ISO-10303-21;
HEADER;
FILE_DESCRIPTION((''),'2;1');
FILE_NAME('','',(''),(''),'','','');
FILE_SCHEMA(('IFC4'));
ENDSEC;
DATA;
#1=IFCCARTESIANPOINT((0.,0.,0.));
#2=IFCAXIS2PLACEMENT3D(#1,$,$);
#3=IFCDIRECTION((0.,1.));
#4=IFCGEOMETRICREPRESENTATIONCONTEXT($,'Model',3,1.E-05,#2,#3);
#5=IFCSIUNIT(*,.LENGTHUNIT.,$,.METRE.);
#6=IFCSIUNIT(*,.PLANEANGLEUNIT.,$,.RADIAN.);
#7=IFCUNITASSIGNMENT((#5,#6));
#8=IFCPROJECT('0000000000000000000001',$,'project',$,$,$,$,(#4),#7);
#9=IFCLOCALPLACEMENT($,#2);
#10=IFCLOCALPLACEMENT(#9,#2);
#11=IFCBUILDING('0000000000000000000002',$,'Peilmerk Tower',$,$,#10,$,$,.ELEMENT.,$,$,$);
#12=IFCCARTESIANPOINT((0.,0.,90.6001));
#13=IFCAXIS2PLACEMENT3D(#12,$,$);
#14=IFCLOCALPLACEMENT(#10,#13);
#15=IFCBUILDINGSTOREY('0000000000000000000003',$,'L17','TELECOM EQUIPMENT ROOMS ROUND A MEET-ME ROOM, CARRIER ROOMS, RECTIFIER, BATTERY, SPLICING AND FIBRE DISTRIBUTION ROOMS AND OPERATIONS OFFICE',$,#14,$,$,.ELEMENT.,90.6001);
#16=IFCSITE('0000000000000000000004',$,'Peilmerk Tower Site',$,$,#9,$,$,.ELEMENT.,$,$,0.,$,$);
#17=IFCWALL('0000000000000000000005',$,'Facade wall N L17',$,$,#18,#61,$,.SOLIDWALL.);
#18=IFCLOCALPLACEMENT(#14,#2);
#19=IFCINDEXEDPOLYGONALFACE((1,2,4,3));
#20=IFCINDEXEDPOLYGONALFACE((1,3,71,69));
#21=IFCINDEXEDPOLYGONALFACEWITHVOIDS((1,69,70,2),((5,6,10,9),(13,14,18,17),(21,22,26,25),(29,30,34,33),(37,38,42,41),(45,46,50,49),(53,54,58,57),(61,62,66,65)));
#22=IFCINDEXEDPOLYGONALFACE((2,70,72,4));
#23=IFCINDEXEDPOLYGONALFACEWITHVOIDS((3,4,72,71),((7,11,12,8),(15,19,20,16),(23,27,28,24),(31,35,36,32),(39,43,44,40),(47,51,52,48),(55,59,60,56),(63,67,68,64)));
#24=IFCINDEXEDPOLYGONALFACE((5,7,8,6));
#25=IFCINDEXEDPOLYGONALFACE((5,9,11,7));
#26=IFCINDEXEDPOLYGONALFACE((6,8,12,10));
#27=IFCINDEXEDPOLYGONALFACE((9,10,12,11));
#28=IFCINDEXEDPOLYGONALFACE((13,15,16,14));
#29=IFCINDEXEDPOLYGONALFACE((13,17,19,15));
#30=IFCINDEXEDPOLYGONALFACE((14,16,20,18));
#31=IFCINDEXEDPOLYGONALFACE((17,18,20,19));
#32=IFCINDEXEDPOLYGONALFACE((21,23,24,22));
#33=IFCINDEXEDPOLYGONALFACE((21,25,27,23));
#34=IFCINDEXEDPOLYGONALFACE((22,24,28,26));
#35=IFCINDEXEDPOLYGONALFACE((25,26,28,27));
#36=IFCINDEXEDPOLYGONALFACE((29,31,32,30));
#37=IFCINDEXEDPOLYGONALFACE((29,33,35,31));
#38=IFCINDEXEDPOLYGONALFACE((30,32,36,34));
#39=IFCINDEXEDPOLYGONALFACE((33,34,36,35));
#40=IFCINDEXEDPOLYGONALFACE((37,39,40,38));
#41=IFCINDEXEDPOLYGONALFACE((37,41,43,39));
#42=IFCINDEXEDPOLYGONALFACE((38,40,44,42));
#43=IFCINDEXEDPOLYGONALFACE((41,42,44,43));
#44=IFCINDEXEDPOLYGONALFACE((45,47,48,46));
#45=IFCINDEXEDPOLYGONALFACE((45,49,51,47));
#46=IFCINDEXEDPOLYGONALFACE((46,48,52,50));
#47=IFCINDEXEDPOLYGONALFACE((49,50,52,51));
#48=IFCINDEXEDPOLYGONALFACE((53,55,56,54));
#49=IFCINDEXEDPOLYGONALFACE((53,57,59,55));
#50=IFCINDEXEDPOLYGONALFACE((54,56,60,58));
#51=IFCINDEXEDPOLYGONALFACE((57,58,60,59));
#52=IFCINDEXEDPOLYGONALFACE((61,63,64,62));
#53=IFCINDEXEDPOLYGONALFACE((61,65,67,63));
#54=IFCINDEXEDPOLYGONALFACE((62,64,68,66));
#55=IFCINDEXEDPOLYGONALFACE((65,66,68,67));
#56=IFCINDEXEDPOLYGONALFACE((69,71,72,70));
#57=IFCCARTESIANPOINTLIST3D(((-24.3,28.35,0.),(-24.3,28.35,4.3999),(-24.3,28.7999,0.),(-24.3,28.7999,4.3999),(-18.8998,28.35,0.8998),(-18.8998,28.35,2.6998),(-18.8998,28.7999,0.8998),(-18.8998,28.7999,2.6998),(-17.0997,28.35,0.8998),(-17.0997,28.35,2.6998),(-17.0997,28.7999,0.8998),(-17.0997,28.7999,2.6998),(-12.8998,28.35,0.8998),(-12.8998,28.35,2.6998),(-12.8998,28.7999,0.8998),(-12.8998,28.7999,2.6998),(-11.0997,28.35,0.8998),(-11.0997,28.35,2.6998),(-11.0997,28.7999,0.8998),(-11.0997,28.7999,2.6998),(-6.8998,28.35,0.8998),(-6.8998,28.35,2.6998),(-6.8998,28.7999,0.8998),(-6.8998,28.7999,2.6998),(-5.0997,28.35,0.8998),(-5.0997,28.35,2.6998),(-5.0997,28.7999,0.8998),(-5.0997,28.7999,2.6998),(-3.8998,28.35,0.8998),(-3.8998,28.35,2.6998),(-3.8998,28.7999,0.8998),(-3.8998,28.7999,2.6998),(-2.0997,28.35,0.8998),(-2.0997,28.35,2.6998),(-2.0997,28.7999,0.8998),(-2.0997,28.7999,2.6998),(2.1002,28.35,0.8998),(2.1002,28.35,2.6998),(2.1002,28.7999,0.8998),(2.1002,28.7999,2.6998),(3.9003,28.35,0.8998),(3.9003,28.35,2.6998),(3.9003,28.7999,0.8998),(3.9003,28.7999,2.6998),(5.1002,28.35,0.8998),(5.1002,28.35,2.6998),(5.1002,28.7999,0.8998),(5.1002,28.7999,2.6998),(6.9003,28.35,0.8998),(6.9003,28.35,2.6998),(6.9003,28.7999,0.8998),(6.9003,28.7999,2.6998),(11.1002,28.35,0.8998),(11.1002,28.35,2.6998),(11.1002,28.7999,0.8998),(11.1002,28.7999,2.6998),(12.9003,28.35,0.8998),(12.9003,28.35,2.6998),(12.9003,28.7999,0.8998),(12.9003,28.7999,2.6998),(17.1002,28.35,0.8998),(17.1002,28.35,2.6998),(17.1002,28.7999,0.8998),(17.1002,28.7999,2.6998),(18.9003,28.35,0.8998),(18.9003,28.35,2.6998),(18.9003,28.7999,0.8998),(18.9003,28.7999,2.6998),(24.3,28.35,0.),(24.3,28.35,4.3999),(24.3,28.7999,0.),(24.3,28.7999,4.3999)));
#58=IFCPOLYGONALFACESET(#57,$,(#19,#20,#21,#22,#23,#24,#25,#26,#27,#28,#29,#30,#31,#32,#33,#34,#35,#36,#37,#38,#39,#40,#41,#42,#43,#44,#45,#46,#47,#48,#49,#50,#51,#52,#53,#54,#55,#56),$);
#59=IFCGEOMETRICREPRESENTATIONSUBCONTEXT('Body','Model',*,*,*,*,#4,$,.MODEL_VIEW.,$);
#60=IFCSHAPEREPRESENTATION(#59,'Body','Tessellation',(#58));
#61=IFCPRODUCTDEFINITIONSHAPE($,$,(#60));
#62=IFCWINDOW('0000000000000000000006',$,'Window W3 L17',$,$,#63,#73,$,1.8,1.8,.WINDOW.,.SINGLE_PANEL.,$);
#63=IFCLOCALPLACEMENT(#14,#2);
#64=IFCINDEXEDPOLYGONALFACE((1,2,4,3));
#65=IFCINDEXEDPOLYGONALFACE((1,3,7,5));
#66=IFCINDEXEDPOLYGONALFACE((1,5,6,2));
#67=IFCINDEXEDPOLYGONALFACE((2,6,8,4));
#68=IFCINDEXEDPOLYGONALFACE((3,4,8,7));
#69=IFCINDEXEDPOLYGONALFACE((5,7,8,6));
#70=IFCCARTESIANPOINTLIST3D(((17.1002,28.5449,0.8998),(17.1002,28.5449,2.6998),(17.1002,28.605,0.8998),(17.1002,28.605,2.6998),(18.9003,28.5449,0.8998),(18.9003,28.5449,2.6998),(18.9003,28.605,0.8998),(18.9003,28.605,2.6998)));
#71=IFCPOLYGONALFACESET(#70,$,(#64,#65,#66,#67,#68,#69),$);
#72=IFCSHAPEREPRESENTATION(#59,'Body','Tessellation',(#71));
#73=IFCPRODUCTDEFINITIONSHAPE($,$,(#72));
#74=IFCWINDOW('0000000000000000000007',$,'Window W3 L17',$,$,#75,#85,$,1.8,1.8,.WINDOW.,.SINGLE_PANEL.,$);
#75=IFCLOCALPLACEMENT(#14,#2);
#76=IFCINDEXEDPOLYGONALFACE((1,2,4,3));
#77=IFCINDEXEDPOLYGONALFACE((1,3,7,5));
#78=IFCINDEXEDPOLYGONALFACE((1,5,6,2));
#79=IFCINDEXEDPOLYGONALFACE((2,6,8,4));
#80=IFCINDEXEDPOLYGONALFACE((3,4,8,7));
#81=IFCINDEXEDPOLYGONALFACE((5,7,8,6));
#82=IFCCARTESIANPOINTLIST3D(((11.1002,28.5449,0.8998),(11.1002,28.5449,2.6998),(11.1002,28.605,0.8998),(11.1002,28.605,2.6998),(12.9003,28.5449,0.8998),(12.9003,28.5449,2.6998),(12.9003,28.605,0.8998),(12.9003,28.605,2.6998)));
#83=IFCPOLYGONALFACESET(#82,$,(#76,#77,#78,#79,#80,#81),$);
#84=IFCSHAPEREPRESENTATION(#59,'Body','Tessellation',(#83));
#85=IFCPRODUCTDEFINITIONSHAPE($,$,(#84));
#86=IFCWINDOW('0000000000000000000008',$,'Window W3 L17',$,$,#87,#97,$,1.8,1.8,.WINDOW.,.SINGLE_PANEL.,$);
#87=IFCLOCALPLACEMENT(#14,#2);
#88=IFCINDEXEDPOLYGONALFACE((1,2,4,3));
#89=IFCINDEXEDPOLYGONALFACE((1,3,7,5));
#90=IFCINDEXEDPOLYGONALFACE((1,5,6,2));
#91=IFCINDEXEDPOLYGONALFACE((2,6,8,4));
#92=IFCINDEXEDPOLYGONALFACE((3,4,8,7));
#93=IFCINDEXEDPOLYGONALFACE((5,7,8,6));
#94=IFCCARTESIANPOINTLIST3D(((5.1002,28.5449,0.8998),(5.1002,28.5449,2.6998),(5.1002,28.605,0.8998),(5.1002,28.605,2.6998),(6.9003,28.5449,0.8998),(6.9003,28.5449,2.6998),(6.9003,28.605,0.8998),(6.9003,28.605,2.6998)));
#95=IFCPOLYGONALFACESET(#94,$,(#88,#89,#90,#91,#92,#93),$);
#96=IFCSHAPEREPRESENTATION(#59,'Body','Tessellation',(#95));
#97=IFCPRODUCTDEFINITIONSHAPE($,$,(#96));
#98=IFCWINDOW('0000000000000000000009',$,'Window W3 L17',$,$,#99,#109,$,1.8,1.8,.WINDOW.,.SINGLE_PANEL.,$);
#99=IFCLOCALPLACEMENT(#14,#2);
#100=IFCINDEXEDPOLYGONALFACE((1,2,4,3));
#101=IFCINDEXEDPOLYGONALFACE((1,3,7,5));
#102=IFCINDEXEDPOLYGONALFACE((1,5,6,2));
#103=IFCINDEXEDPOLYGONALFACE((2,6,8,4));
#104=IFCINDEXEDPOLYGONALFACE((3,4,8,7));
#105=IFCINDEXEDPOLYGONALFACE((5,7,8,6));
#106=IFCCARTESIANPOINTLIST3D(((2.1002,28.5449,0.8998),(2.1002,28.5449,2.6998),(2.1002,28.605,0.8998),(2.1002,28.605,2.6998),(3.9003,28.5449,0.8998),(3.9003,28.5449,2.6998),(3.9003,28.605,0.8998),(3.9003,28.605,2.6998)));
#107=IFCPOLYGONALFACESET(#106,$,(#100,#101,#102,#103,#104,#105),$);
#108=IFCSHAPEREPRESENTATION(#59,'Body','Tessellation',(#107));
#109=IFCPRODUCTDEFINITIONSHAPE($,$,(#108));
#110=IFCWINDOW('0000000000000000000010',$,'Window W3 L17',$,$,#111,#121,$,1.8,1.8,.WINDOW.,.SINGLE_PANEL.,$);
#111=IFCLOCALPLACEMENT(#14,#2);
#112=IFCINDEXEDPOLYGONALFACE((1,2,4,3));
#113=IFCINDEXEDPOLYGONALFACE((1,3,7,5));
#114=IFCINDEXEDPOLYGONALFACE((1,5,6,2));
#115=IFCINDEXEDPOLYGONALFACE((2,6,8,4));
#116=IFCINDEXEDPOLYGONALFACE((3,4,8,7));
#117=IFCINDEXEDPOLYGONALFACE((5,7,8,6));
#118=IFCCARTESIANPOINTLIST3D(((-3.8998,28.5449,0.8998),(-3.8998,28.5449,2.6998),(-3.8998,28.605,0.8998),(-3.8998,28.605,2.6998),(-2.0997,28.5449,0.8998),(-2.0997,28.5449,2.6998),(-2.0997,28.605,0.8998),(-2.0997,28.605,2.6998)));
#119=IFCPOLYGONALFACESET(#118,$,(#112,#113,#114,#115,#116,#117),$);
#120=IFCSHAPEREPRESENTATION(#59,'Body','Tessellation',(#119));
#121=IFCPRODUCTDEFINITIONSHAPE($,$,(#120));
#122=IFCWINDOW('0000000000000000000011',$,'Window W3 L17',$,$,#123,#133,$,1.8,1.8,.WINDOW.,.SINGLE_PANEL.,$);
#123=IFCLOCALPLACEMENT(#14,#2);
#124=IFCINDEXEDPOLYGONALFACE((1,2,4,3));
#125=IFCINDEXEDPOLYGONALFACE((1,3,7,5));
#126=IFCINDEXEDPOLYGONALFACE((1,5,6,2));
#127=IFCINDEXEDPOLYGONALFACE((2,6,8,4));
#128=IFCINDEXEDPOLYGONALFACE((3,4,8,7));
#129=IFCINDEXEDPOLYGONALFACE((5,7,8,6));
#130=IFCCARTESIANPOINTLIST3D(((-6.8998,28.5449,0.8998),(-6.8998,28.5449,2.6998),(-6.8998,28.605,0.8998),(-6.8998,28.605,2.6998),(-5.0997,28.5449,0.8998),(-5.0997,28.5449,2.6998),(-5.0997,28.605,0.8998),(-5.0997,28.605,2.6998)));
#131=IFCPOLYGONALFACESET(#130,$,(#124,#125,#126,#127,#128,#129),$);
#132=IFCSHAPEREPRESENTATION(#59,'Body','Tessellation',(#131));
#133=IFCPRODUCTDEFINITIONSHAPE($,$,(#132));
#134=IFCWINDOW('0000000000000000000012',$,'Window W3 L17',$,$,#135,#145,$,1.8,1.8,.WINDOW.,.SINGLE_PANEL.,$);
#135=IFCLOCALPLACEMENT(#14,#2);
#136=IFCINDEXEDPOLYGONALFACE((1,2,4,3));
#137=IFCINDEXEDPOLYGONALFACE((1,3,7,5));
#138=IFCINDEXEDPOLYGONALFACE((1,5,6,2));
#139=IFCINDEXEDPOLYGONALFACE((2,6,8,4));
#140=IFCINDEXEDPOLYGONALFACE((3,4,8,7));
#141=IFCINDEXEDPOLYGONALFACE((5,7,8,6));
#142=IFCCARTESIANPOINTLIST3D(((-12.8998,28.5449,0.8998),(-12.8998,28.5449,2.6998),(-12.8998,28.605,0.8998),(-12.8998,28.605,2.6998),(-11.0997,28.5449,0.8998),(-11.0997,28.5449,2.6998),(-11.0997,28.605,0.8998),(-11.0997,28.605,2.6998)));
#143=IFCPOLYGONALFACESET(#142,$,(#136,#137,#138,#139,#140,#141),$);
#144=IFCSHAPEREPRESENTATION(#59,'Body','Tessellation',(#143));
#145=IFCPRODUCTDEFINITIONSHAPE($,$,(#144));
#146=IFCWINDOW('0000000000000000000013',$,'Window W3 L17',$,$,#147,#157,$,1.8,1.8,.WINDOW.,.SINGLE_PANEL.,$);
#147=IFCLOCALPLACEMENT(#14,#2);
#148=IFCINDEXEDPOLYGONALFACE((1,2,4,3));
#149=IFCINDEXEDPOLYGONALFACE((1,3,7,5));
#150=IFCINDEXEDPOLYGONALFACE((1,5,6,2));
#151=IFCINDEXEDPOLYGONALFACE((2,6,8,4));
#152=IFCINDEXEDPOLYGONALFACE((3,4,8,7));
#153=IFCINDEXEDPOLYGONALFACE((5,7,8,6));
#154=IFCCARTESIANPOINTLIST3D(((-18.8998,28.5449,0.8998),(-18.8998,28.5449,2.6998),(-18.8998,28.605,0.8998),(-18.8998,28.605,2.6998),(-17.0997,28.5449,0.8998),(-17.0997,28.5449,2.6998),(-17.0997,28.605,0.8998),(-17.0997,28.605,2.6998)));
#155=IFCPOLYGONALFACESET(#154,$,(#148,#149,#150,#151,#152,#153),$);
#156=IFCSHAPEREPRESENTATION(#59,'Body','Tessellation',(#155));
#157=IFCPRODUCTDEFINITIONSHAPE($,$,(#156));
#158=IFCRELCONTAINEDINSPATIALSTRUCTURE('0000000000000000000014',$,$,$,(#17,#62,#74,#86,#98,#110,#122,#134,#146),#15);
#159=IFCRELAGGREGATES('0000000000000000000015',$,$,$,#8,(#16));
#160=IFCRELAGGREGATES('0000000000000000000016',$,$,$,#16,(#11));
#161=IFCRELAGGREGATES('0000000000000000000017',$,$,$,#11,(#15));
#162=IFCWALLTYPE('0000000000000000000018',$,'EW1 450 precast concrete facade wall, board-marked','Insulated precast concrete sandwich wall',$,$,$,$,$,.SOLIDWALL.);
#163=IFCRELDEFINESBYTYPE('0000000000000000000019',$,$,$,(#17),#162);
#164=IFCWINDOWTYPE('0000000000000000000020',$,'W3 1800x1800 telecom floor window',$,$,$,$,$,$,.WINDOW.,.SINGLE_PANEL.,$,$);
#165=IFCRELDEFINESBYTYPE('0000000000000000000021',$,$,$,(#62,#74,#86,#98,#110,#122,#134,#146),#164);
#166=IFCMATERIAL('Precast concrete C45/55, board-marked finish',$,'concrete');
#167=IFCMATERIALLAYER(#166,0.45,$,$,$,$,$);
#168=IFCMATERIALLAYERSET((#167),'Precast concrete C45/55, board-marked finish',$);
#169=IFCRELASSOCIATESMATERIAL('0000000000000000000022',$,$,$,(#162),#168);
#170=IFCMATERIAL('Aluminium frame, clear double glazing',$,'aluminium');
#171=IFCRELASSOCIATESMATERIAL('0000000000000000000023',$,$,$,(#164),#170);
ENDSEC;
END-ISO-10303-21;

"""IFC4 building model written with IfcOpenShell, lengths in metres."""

from ifc_helpers import new_model, si_unit, direction, frame, frame_2d, origin, place, context, subcontext, project, spatial, rectangle, extrude, material, layer, layer_set, type_object, element, fill, save


model = new_model("IFC4")

# Units and contexts
model_context = context("Model", 3, precision=1e-05, world=origin(), true_north=direction((0.0, 1.0)))
body_context = subcontext(model_context, "Body", "Model", "MODEL_VIEW")
ifc_project = project(units=[si_unit("LENGTHUNIT", "METRE"), si_unit("PLANEANGLEUNIT", "RADIAN")], contexts=[model_context])

# Site, building, storey
site_placement = place(None, origin())
site = spatial("IfcSite", under=ifc_project, at=site_placement, Name="Peilmerk Tower Site", CompositionType="ELEMENT", RefElevation=0.0)
building_placement = place(site_placement, origin())
building = spatial("IfcBuilding", under=site, at=building_placement, Name="Peilmerk Tower", CompositionType="ELEMENT")
storey_placement = place(building_placement, frame((0.0, 0.0, 90.6001)))
storey = spatial("IfcBuildingStorey", under=building, at=storey_placement, Name="L17", Description="TELECOM EQUIPMENT ROOMS ROUND A MEET-ME ROOM, CARRIER ROOMS, RECTIFIER, BATTERY, SPLICING AND FIBRE DISTRIBUTION ROOMS AND OPERATIONS OFFICE", CompositionType="ELEMENT", Elevation=90.6001)

# Wall, openings, windows
ifc_material_1 = material(Name="Precast concrete C45/55, board-marked finish", Category="concrete")
ifc_layer = layer(ifc_material_1, 0.45)
ifc_layer_set = layer_set([ifc_layer], Name="Precast concrete C45/55, board-marked finish")
wall_type = type_object("IfcWallType", Name="EW1 450 precast concrete facade wall, board-marked", Description="Insulated precast concrete sandwich wall", PredefinedType="SOLIDWALL", material=ifc_layer_set)
wall_1_placement = place(storey_placement, frame((24.3, 28.575, 0.0), z_axis=(0.0, 0.0, 1.0), x_axis=(-1.0, 0.0, 0.0)))
wall_1 = element("IfcWall", 1, at=wall_1_placement, inside=storey, type_object=wall_type, Name="Facade wall N L17", PredefinedType="SOLIDWALL", context=body_context, shape_type="SweptSolid", body=[
    extrude(rectangle(XDim=48.6001, YDim=0.45, at=frame_2d((24.3, 0.0))), origin(), (0.0, 0.0, 1.0), 4.3999),
])
opening_1_placement = place(wall_1_placement, frame((5.3999, 0.0, 0.8999)))
opening_1 = element("IfcOpeningElement", 2, at=opening_1_placement, cuts=wall_1, PredefinedType="OPENING", context=body_context, shape_type="SweptSolid", body=[
    extrude(rectangle(XDim=1.8, YDim=1.8, at=frame_2d((0.8999, 0.8999))), frame((0.0, 0.2349, 0.0), z_axis=(0.0, -1.0, 0.0), x_axis=(1.0, 0.0, 0.0)), (0.0, 0.0, 1.0), 0.47),
])
opening_2_placement = place(wall_1_placement, frame((11.3999, 0.0, 0.8999)))
opening_2 = element("IfcOpeningElement", 3, at=opening_2_placement, cuts=wall_1, PredefinedType="OPENING", context=body_context, shape_type="SweptSolid", body=[
    extrude(rectangle(XDim=1.8, YDim=1.8, at=frame_2d((0.8999, 0.8999))), frame((0.0, 0.2349, 0.0), z_axis=(0.0, -1.0, 0.0), x_axis=(1.0, 0.0, 0.0)), (0.0, 0.0, 1.0), 0.47),
])
opening_3_placement = place(wall_1_placement, frame((17.3999, 0.0, 0.8999)))
opening_3 = element("IfcOpeningElement", 4, at=opening_3_placement, cuts=wall_1, PredefinedType="OPENING", context=body_context, shape_type="SweptSolid", body=[
    extrude(rectangle(XDim=1.8, YDim=1.8, at=frame_2d((0.8999, 0.8999))), frame((0.0, 0.2349, 0.0), z_axis=(0.0, -1.0, 0.0), x_axis=(1.0, 0.0, 0.0)), (0.0, 0.0, 1.0), 0.47),
])
opening_4_placement = place(wall_1_placement, frame((20.3999, 0.0, 0.8999)))
opening_4 = element("IfcOpeningElement", 5, at=opening_4_placement, cuts=wall_1, PredefinedType="OPENING", context=body_context, shape_type="SweptSolid", body=[
    extrude(rectangle(XDim=1.8, YDim=1.8, at=frame_2d((0.8999, 0.8999))), frame((0.0, 0.2349, 0.0), z_axis=(0.0, -1.0, 0.0), x_axis=(1.0, 0.0, 0.0)), (0.0, 0.0, 1.0), 0.47),
])
opening_5_placement = place(wall_1_placement, frame((26.3999, 0.0, 0.8999)))
opening_5 = element("IfcOpeningElement", 6, at=opening_5_placement, cuts=wall_1, PredefinedType="OPENING", context=body_context, shape_type="SweptSolid", body=[
    extrude(rectangle(XDim=1.8, YDim=1.8, at=frame_2d((0.8999, 0.8999))), frame((0.0, 0.2349, 0.0), z_axis=(0.0, -1.0, 0.0), x_axis=(1.0, 0.0, 0.0)), (0.0, 0.0, 1.0), 0.47),
])
opening_6_placement = place(wall_1_placement, frame((29.3999, 0.0, 0.8999)))
opening_6 = element("IfcOpeningElement", 7, at=opening_6_placement, cuts=wall_1, PredefinedType="OPENING", context=body_context, shape_type="SweptSolid", body=[
    extrude(rectangle(XDim=1.8, YDim=1.8, at=frame_2d((0.8999, 0.8999))), frame((0.0, 0.2349, 0.0), z_axis=(0.0, -1.0, 0.0), x_axis=(1.0, 0.0, 0.0)), (0.0, 0.0, 1.0), 0.47),
])
opening_7_placement = place(wall_1_placement, frame((35.3999, 0.0, 0.8999)))
opening_7 = element("IfcOpeningElement", 8, at=opening_7_placement, cuts=wall_1, PredefinedType="OPENING", context=body_context, shape_type="SweptSolid", body=[
    extrude(rectangle(XDim=1.8, YDim=1.8, at=frame_2d((0.8999, 0.8999))), frame((0.0, 0.2349, 0.0), z_axis=(0.0, -1.0, 0.0), x_axis=(1.0, 0.0, 0.0)), (0.0, 0.0, 1.0), 0.47),
])
opening_8_placement = place(wall_1_placement, frame((41.3999, 0.0, 0.8999)))
opening_8 = element("IfcOpeningElement", 9, at=opening_8_placement, cuts=wall_1, PredefinedType="OPENING", context=body_context, shape_type="SweptSolid", body=[
    extrude(rectangle(XDim=1.8, YDim=1.8, at=frame_2d((0.8999, 0.8999))), frame((0.0, 0.2349, 0.0), z_axis=(0.0, -1.0, 0.0), x_axis=(1.0, 0.0, 0.0)), (0.0, 0.0, 1.0), 0.47),
])
ifc_material_2 = material(Name="Aluminium frame, clear double glazing", Category="aluminium")
window_type = type_object("IfcWindowType", Name="W3 1800x1800 telecom floor window", PartitioningType="SINGLE_PANEL", PredefinedType="WINDOW", material=ifc_material_2)
window_1_placement = place(opening_1_placement, origin())
window_1 = element("IfcWindow", 10, at=window_1_placement, inside=storey, type_object=window_type, Name="Window W3 L17", OverallHeight=1.8, OverallWidth=1.8, PartitioningType="SINGLE_PANEL", PredefinedType="WINDOW", context=body_context, shape_type="SweptSolid", body=[
    extrude(rectangle(XDim=1.8, YDim=1.8, at=frame_2d((0.8999, 0.8999))), frame((0.0, 0.03, 0.0), z_axis=(0.0, -1.0, 0.0), x_axis=(1.0, 0.0, 0.0)), (0.0, 0.0, 1.0), 0.0601),
])
fill(opening_1, window_1)
window_2_placement = place(opening_2_placement, origin())
window_2 = element("IfcWindow", 11, at=window_2_placement, inside=storey, type_object=window_type, Name="Window W3 L17", OverallHeight=1.8, OverallWidth=1.8, PartitioningType="SINGLE_PANEL", PredefinedType="WINDOW", context=body_context, shape_type="SweptSolid", body=[
    extrude(rectangle(XDim=1.8, YDim=1.8, at=frame_2d((0.8999, 0.8999))), frame((0.0, 0.03, 0.0), z_axis=(0.0, -1.0, 0.0), x_axis=(1.0, 0.0, 0.0)), (0.0, 0.0, 1.0), 0.0601),
])
fill(opening_2, window_2)
window_3_placement = place(opening_3_placement, origin())
window_3 = element("IfcWindow", 12, at=window_3_placement, inside=storey, type_object=window_type, Name="Window W3 L17", OverallHeight=1.8, OverallWidth=1.8, PartitioningType="SINGLE_PANEL", PredefinedType="WINDOW", context=body_context, shape_type="SweptSolid", body=[
    extrude(rectangle(XDim=1.8, YDim=1.8, at=frame_2d((0.8999, 0.8999))), frame((0.0, 0.03, 0.0), z_axis=(0.0, -1.0, 0.0), x_axis=(1.0, 0.0, 0.0)), (0.0, 0.0, 1.0), 0.0601),
])
fill(opening_3, window_3)
window_4_placement = place(opening_4_placement, origin())
window_4 = element("IfcWindow", 13, at=window_4_placement, inside=storey, type_object=window_type, Name="Window W3 L17", OverallHeight=1.8, OverallWidth=1.8, PartitioningType="SINGLE_PANEL", PredefinedType="WINDOW", context=body_context, shape_type="SweptSolid", body=[
    extrude(rectangle(XDim=1.8, YDim=1.8, at=frame_2d((0.8999, 0.8999))), frame((0.0, 0.03, 0.0), z_axis=(0.0, -1.0, 0.0), x_axis=(1.0, 0.0, 0.0)), (0.0, 0.0, 1.0), 0.0601),
])
fill(opening_4, window_4)
window_5_placement = place(opening_5_placement, origin())
window_5 = element("IfcWindow", 14, at=window_5_placement, inside=storey, type_object=window_type, Name="Window W3 L17", OverallHeight=1.8, OverallWidth=1.8, PartitioningType="SINGLE_PANEL", PredefinedType="WINDOW", context=body_context, shape_type="SweptSolid", body=[
    extrude(rectangle(XDim=1.8, YDim=1.8, at=frame_2d((0.8999, 0.8999))), frame((0.0, 0.03, 0.0), z_axis=(0.0, -1.0, 0.0), x_axis=(1.0, 0.0, 0.0)), (0.0, 0.0, 1.0), 0.0601),
])
fill(opening_5, window_5)
window_6_placement = place(opening_6_placement, origin())
window_6 = element("IfcWindow", 15, at=window_6_placement, inside=storey, type_object=window_type, Name="Window W3 L17", OverallHeight=1.8, OverallWidth=1.8, PartitioningType="SINGLE_PANEL", PredefinedType="WINDOW", context=body_context, shape_type="SweptSolid", body=[
    extrude(rectangle(XDim=1.8, YDim=1.8, at=frame_2d((0.8999, 0.8999))), frame((0.0, 0.03, 0.0), z_axis=(0.0, -1.0, 0.0), x_axis=(1.0, 0.0, 0.0)), (0.0, 0.0, 1.0), 0.0601),
])
fill(opening_6, window_6)
window_7_placement = place(opening_7_placement, origin())
window_7 = element("IfcWindow", 16, at=window_7_placement, inside=storey, type_object=window_type, Name="Window W3 L17", OverallHeight=1.8, OverallWidth=1.8, PartitioningType="SINGLE_PANEL", PredefinedType="WINDOW", context=body_context, shape_type="SweptSolid", body=[
    extrude(rectangle(XDim=1.8, YDim=1.8, at=frame_2d((0.8999, 0.8999))), frame((0.0, 0.03, 0.0), z_axis=(0.0, -1.0, 0.0), x_axis=(1.0, 0.0, 0.0)), (0.0, 0.0, 1.0), 0.0601),
])
fill(opening_7, window_7)
window_8_placement = place(opening_8_placement, origin())
window_8 = element("IfcWindow", 17, at=window_8_placement, inside=storey, type_object=window_type, Name="Window W3 L17", OverallHeight=1.8, OverallWidth=1.8, PartitioningType="SINGLE_PANEL", PredefinedType="WINDOW", context=body_context, shape_type="SweptSolid", body=[
    extrude(rectangle(XDim=1.8, YDim=1.8, at=frame_2d((0.8999, 0.8999))), frame((0.0, 0.03, 0.0), z_axis=(0.0, -1.0, 0.0), x_axis=(1.0, 0.0, 0.0)), (0.0, 0.0, 1.0), 0.0601),
])
fill(opening_8, window_8)

save(model, "model.ifc")
